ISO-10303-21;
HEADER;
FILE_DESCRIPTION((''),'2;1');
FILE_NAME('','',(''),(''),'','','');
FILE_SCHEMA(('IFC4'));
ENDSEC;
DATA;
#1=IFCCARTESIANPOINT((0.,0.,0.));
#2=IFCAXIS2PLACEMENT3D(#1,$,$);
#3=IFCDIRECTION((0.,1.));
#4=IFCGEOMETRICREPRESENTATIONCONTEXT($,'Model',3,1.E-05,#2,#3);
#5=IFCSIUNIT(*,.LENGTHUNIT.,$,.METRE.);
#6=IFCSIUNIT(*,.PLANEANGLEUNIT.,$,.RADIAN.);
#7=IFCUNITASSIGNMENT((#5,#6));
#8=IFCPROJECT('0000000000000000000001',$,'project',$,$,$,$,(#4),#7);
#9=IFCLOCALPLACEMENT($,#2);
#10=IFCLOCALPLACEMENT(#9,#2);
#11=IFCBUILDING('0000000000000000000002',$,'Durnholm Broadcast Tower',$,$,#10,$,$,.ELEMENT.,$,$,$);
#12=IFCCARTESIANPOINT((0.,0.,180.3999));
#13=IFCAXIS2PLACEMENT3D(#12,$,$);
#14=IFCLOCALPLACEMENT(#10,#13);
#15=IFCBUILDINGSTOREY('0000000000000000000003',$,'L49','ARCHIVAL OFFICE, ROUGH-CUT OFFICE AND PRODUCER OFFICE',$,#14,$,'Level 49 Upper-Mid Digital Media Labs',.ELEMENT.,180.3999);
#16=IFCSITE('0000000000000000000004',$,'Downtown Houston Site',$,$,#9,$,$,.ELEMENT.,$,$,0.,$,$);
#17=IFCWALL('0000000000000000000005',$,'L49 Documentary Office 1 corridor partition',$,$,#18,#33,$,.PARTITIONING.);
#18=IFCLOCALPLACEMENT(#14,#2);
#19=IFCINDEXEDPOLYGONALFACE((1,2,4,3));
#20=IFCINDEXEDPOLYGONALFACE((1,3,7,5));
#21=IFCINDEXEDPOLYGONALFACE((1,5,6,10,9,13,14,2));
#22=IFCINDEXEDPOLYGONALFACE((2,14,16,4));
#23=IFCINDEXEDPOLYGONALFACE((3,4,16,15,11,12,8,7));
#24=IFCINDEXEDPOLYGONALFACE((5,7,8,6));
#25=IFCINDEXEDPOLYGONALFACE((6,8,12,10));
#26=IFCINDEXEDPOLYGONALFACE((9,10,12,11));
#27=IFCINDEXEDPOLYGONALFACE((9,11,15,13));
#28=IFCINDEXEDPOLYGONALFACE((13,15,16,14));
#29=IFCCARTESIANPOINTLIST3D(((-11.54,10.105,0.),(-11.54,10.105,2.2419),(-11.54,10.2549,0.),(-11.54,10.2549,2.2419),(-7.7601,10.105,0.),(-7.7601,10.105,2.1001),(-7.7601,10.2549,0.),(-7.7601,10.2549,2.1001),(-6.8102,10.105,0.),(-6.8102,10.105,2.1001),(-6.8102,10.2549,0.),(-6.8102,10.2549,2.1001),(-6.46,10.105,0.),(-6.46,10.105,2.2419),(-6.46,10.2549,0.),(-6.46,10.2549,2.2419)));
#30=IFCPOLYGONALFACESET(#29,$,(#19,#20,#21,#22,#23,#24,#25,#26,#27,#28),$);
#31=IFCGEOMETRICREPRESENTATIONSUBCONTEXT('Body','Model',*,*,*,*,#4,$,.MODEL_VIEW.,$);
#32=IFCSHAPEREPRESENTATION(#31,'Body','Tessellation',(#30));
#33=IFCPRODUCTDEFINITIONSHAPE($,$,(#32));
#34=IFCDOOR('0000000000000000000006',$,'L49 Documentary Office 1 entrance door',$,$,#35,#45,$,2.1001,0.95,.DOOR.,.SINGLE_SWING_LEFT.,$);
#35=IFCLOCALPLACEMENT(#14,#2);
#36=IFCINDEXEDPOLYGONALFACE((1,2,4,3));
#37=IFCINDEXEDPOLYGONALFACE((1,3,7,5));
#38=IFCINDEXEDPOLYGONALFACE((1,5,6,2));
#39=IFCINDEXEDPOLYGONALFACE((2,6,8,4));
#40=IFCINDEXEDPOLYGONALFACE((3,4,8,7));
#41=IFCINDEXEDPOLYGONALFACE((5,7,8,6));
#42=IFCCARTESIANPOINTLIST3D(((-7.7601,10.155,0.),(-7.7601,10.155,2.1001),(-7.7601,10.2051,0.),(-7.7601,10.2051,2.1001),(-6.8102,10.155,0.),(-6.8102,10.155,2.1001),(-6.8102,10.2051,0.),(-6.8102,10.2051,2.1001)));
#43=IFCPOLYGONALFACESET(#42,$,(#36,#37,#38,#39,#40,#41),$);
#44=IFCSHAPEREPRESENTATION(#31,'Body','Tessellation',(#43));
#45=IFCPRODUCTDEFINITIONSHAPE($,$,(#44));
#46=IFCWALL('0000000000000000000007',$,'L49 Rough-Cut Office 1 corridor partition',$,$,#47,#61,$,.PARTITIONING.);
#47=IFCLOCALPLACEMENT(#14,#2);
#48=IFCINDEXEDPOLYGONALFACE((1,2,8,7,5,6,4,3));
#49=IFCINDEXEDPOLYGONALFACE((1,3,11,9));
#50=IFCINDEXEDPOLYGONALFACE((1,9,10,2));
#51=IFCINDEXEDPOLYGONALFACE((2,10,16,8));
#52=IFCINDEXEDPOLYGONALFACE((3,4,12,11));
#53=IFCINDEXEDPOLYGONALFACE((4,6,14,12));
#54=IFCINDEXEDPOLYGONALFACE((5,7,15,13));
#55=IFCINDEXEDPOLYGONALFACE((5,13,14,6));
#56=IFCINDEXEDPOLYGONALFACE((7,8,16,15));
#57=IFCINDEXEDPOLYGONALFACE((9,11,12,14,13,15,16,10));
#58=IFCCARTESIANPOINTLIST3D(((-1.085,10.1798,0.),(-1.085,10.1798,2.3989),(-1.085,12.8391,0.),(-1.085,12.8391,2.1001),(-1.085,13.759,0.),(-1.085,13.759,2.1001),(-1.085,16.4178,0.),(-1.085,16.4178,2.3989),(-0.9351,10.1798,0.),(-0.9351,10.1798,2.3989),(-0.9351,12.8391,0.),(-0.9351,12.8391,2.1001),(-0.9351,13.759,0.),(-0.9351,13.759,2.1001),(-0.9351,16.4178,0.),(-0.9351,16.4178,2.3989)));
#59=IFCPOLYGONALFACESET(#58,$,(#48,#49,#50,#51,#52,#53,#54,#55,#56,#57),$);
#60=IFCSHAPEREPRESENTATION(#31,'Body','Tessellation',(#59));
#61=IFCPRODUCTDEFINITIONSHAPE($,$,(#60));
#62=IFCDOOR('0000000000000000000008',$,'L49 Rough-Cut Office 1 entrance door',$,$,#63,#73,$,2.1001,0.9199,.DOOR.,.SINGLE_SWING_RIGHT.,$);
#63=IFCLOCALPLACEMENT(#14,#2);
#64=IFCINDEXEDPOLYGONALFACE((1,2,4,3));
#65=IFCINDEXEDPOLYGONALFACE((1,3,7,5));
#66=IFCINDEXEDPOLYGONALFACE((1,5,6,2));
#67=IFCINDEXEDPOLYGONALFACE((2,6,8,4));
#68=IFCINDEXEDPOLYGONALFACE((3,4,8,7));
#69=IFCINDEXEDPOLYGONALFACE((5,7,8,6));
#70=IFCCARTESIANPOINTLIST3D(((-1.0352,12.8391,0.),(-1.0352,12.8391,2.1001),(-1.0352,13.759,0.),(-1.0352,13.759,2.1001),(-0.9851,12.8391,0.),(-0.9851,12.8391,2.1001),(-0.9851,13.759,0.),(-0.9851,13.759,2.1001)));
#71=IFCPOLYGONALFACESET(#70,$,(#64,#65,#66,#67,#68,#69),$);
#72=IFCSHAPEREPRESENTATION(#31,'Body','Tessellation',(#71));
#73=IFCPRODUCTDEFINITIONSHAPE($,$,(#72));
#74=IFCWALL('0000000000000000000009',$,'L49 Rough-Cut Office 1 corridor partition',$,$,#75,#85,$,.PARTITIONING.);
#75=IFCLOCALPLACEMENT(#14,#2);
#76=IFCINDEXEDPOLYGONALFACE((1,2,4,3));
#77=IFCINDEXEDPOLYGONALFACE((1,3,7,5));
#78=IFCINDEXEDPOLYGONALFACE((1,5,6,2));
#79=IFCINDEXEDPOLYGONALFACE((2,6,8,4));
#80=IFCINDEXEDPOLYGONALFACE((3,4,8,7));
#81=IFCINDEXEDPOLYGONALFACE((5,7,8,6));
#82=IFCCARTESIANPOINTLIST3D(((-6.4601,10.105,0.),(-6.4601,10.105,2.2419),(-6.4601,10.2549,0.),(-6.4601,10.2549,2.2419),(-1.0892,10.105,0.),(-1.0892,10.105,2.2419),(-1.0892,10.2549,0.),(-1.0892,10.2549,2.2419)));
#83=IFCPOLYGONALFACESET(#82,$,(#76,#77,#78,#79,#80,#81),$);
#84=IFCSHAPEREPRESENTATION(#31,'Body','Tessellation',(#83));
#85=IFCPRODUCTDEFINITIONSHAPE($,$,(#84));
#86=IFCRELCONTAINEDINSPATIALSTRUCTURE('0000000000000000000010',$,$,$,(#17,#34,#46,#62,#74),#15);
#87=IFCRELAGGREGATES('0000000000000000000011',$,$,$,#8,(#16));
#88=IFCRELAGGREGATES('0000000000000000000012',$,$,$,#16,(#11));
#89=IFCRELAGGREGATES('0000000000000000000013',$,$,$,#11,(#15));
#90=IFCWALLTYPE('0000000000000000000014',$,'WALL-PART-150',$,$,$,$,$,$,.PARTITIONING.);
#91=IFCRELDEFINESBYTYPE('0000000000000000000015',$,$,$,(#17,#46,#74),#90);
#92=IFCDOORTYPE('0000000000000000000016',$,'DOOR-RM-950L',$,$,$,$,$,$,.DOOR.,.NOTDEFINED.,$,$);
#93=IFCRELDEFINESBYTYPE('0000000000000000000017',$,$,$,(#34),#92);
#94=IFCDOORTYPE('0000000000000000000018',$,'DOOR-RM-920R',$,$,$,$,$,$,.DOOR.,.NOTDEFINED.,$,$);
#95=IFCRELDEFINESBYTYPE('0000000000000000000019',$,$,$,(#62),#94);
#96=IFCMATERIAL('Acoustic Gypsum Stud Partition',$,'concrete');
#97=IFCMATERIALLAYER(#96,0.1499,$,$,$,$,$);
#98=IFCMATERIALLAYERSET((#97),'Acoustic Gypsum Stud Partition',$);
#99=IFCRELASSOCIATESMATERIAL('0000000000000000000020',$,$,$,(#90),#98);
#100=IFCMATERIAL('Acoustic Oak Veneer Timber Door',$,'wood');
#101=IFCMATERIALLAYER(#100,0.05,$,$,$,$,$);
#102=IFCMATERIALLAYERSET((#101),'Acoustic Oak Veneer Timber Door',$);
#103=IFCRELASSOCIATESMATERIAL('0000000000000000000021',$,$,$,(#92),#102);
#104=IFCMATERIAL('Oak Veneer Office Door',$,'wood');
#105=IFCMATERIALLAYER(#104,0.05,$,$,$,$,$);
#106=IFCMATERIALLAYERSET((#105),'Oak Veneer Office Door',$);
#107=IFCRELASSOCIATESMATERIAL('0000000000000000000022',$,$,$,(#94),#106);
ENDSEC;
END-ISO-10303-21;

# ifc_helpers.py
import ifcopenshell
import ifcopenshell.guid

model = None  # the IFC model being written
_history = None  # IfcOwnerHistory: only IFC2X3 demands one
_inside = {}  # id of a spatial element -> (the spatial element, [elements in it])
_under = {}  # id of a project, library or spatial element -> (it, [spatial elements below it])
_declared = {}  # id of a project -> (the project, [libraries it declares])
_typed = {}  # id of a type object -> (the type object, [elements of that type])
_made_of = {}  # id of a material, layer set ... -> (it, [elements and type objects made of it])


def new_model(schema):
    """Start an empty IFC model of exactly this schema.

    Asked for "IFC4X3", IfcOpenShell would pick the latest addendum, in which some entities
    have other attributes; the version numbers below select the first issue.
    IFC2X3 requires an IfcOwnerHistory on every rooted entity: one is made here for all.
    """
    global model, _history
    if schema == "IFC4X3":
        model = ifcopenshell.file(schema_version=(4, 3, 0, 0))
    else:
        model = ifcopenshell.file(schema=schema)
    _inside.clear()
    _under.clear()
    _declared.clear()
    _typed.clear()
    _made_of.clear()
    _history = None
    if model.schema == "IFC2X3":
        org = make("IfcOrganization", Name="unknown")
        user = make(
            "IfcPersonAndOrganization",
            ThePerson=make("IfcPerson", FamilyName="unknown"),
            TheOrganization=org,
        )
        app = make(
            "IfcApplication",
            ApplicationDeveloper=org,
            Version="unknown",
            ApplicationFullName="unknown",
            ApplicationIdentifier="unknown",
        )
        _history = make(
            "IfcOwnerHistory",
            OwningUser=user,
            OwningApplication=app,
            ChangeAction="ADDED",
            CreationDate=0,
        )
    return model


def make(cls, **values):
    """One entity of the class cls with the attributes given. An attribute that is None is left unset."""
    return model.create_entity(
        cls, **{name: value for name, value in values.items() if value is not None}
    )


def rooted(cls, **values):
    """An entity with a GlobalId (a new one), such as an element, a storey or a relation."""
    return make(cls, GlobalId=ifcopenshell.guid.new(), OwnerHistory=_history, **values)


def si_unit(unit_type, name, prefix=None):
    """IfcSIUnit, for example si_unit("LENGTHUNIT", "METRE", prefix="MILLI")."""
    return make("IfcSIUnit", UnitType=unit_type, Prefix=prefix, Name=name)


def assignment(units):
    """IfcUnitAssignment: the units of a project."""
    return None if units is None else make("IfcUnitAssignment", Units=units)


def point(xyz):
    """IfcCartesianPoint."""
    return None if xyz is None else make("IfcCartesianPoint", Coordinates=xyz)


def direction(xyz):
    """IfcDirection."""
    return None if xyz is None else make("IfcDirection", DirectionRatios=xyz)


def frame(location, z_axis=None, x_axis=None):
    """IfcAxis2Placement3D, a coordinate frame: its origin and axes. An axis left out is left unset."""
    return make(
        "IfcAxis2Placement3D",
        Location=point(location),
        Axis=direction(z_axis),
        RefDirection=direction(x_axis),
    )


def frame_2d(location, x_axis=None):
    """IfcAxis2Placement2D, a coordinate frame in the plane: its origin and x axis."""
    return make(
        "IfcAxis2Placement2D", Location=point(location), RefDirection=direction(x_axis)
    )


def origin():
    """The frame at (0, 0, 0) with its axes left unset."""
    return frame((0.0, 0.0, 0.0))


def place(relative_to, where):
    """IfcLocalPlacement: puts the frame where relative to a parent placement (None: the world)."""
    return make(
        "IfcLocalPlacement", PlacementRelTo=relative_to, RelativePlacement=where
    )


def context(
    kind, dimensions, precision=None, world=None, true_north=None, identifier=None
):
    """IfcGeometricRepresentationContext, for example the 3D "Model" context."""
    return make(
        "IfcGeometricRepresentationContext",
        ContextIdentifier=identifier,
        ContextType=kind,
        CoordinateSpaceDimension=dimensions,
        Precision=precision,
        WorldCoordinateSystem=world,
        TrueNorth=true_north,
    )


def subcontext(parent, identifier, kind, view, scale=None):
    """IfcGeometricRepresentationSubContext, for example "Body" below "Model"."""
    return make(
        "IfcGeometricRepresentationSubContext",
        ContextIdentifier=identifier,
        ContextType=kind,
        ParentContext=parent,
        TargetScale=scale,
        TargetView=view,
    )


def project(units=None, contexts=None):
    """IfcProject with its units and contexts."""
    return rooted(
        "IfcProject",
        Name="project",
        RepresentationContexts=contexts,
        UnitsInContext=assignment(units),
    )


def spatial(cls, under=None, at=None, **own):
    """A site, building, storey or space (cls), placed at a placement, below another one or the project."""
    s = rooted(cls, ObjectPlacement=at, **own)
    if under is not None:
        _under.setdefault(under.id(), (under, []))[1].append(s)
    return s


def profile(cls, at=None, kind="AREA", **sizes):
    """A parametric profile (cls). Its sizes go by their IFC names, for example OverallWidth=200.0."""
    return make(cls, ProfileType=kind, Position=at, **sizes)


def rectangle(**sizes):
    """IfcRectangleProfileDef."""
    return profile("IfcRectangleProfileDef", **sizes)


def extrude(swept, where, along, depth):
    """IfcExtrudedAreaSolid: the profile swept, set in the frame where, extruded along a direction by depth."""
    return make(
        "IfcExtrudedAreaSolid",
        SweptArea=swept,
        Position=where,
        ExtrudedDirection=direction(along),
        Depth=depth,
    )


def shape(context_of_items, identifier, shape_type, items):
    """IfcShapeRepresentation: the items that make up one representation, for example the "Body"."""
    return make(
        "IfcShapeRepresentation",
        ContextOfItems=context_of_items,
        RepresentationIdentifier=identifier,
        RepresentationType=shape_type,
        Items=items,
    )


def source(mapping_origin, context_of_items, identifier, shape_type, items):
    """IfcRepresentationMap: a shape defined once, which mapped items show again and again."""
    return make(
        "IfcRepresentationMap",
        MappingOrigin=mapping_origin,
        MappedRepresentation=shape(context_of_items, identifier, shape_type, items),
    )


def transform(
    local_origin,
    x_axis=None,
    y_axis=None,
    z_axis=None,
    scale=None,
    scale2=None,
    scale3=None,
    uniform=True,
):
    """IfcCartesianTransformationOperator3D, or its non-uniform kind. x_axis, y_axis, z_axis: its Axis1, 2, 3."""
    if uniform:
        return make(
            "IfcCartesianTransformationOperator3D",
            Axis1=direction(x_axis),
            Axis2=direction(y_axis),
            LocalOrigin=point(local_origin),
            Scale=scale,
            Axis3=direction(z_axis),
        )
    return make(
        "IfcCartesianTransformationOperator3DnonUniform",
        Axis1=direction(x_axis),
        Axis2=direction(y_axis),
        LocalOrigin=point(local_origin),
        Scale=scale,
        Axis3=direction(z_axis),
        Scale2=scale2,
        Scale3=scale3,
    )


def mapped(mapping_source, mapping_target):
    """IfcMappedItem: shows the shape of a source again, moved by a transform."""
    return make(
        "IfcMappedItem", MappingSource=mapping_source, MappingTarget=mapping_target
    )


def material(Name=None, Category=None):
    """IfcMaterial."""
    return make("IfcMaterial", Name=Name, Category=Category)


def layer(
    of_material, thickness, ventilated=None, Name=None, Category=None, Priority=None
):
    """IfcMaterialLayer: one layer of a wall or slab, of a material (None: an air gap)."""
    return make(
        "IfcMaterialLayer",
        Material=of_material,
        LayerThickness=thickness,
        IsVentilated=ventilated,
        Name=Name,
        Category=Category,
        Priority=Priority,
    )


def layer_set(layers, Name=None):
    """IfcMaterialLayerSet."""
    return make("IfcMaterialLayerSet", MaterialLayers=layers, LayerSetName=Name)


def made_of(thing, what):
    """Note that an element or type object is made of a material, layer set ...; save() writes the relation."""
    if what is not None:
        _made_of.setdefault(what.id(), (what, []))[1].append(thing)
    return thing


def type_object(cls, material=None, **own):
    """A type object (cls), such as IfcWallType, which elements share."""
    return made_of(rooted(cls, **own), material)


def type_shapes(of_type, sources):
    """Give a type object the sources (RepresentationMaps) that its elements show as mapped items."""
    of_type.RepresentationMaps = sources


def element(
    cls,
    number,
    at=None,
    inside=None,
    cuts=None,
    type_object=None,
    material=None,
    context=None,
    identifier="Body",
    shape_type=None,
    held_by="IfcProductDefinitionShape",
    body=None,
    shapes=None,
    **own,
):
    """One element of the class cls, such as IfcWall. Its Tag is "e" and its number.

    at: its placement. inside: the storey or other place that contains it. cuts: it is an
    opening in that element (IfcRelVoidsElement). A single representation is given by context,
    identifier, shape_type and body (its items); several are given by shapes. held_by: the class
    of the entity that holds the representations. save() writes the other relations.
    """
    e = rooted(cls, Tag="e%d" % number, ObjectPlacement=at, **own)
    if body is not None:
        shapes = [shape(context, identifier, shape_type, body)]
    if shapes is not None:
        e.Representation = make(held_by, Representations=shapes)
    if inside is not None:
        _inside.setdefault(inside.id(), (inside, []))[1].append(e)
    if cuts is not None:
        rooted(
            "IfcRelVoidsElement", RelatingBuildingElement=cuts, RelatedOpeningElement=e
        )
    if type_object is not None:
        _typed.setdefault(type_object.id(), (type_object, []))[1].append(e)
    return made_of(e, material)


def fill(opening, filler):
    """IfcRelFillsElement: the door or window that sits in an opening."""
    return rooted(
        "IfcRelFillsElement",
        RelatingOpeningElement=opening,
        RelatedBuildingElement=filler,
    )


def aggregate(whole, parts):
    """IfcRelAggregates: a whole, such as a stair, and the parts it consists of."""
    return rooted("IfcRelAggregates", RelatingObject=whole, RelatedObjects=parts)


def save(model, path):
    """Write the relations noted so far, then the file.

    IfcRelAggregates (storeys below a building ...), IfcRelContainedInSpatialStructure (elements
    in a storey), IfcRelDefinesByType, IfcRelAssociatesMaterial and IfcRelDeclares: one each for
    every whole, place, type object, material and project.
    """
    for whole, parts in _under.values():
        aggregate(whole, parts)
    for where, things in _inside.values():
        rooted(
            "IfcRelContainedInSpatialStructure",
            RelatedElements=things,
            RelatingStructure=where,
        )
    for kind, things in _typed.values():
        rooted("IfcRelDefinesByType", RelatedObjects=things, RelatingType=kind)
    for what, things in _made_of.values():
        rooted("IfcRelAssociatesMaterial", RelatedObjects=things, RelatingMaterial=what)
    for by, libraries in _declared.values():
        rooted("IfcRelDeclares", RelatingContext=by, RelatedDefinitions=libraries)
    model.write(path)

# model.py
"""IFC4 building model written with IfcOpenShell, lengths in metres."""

from ifc_helpers import new_model, si_unit, direction, frame, frame_2d, origin, place, context, subcontext, project, spatial, rectangle, extrude, source, transform, mapped, material, layer, layer_set, type_object, type_shapes, element, fill, save


model = new_model("IFC4")

# Units and contexts
model_context = context("Model", 3, precision=1e-05, world=origin(), true_north=direction((0.0, 1.0)))
body_context = subcontext(model_context, "Body", "Model", "MODEL_VIEW")
ifc_project = project(units=[si_unit("LENGTHUNIT", "METRE"), si_unit("PLANEANGLEUNIT", "RADIAN")], contexts=[model_context])

# Site, building, storey
site_placement = place(None, origin())
site = spatial("IfcSite", under=ifc_project, at=site_placement, Name="Downtown Houston Site", CompositionType="ELEMENT", RefElevation=0.0)
building_placement = place(site_placement, origin())
building = spatial("IfcBuilding", under=site, at=building_placement, Name="Durnholm Broadcast Tower", CompositionType="ELEMENT")
storey_placement = place(building_placement, frame((0.0, 0.0, 180.3999)))
storey = spatial("IfcBuildingStorey", under=building, at=storey_placement, Name="L49", Description="ARCHIVAL OFFICE, ROUGH-CUT OFFICE AND PRODUCER OFFICE", LongName="Level 49 Upper-Mid Digital Media Labs", CompositionType="ELEMENT", Elevation=180.3999)

# Walls, openings, doors
ifc_material_1 = material(Name="Acoustic Gypsum Stud Partition", Category="concrete")
ifc_layer_1 = layer(ifc_material_1, 0.1499)
ifc_layer_set_1 = layer_set([ifc_layer_1], Name="Acoustic Gypsum Stud Partition")
wall_type_1 = type_object("IfcWallType", Name="WALL-PART-150", PredefinedType="PARTITIONING", material=ifc_layer_set_1)
wall_1_placement = place(storey_placement, frame((-6.46, 10.1799, 0.0), z_axis=(0.0, 0.0, 1.0), x_axis=(-1.0, 0.0, 0.0)))
wall_1 = element("IfcWall", 1, at=wall_1_placement, inside=storey, type_object=wall_type_1, Name="L49 Documentary Office 1 corridor partition", PredefinedType="PARTITIONING", context=body_context, shape_type="SweptSolid", body=[
    extrude(rectangle(XDim=5.0801, YDim=0.1499, at=frame_2d((2.54, 0.0))), origin(), (0.0, 0.0, 1.0), 2.2419),
])
opening_1_placement = place(wall_1_placement, frame((0.3501, 0.0, 0.0)))
opening_1 = element("IfcOpeningElement", 2, at=opening_1_placement, cuts=wall_1, PredefinedType="OPENING", context=body_context, shape_type="SweptSolid", body=[
    extrude(rectangle(XDim=0.95, YDim=2.1001, at=frame_2d((0.4751, 1.05))), frame((0.0, 0.085, 0.0), z_axis=(0.0, -1.0, 0.0), x_axis=(1.0, 0.0, 0.0)), (0.0, 0.0, 1.0), 0.1699),
])
ifc_material_2 = material(Name="Acoustic Oak Veneer Timber Door", Category="wood")
ifc_layer_2 = layer(ifc_material_2, 0.05)
ifc_layer_set_2 = layer_set([ifc_layer_2], Name="Acoustic Oak Veneer Timber Door")
door_type_1 = type_object("IfcDoorType", Name="DOOR-RM-950L", OperationType="NOTDEFINED", PredefinedType="DOOR", material=ifc_layer_set_2)
shared_shape_1 = source(origin(), body_context, "Body", "SweptSolid", [
    extrude(rectangle(XDim=0.95, YDim=2.1001, at=frame_2d((0.4751, 1.05))), frame((0.0, 0.0249, 0.0), z_axis=(0.0, -1.0, 0.0), x_axis=(1.0, 0.0, 0.0)), (0.0, 0.0, 1.0), 0.05),
])
type_shapes(door_type_1, [shared_shape_1])
door_1_placement = place(opening_1_placement, origin())
door_1 = element("IfcDoor", 3, at=door_1_placement, inside=storey, type_object=door_type_1, Name="L49 Documentary Office 1 entrance door", OperationType="SINGLE_SWING_LEFT", OverallHeight=2.1001, OverallWidth=0.95, PredefinedType="DOOR", context=body_context, shape_type="MappedRepresentation", body=[
    mapped(shared_shape_1, transform((0.0, 0.0, 0.0), x_axis=(1.0, 0.0, 0.0), y_axis=(0.0, 1.0, 0.0), z_axis=(0.0, 0.0, 1.0), scale=1.0)),
])
fill(opening_1, door_1)
wall_2_placement = place(storey_placement, frame((-1.01, 16.418, 0.0), z_axis=(0.0, 0.0, 1.0), x_axis=(0.0, -1.0, 0.0)))
wall_2 = element("IfcWall", 4, at=wall_2_placement, inside=storey, type_object=wall_type_1, Name="L49 Rough-Cut Office 1 corridor partition", PredefinedType="PARTITIONING", context=body_context, shape_type="SweptSolid", body=[
    extrude(rectangle(XDim=6.238, YDim=0.1499, at=frame_2d((3.1191, 0.0))), origin(), (0.0, 0.0, 1.0), 2.3989),
])
opening_2_placement = place(wall_2_placement, frame((2.6589, 0.0, 0.0)))
opening_2 = element("IfcOpeningElement", 5, at=opening_2_placement, cuts=wall_2, PredefinedType="OPENING", context=body_context, shape_type="SweptSolid", body=[
    extrude(rectangle(XDim=0.9199, YDim=2.1001, at=frame_2d((0.46, 1.05))), frame((0.0, 0.085, 0.0), z_axis=(0.0, -1.0, 0.0), x_axis=(1.0, 0.0, 0.0)), (0.0, 0.0, 1.0), 0.1699),
])
ifc_material_3 = material(Name="Oak Veneer Office Door", Category="wood")
ifc_layer_3 = layer(ifc_material_3, 0.05)
ifc_layer_set_3 = layer_set([ifc_layer_3], Name="Oak Veneer Office Door")
door_type_2 = type_object("IfcDoorType", Name="DOOR-RM-920R", OperationType="NOTDEFINED", PredefinedType="DOOR", material=ifc_layer_set_3)
shared_shape_2 = source(origin(), body_context, "Body", "SweptSolid", [
    extrude(rectangle(XDim=0.9199, YDim=2.1001, at=frame_2d((0.46, 1.05))), frame((0.0, 0.0249, 0.0), z_axis=(0.0, -1.0, 0.0), x_axis=(1.0, 0.0, 0.0)), (0.0, 0.0, 1.0), 0.05),
])
type_shapes(door_type_2, [shared_shape_2])
door_2_placement = place(opening_2_placement, origin())
door_2 = element("IfcDoor", 6, at=door_2_placement, inside=storey, type_object=door_type_2, Name="L49 Rough-Cut Office 1 entrance door", OperationType="SINGLE_SWING_RIGHT", OverallHeight=2.1001, OverallWidth=0.9199, PredefinedType="DOOR", context=body_context, shape_type="MappedRepresentation", body=[
    mapped(shared_shape_2, transform((0.0, 0.0, 0.0), x_axis=(1.0, 0.0, 0.0), y_axis=(0.0, 1.0, 0.0), z_axis=(0.0, 0.0, 1.0), scale=1.0)),
])
fill(opening_2, door_2)

# Wall
wall_3_placement = place(storey_placement, frame((-1.0891, 10.1799, 0.0), z_axis=(0.0, 0.0, 1.0), x_axis=(-1.0, 0.0, 0.0)))
element("IfcWall", 7, at=wall_3_placement, inside=storey, type_object=wall_type_1, Name="L49 Rough-Cut Office 1 corridor partition", PredefinedType="PARTITIONING", context=body_context, shape_type="SweptSolid", body=[
    extrude(rectangle(XDim=5.3708, YDim=0.1499, at=frame_2d((2.6855, 0.0))), origin(), (0.0, 0.0, 1.0), 2.2419),
])

save(model, "model.ifc")
